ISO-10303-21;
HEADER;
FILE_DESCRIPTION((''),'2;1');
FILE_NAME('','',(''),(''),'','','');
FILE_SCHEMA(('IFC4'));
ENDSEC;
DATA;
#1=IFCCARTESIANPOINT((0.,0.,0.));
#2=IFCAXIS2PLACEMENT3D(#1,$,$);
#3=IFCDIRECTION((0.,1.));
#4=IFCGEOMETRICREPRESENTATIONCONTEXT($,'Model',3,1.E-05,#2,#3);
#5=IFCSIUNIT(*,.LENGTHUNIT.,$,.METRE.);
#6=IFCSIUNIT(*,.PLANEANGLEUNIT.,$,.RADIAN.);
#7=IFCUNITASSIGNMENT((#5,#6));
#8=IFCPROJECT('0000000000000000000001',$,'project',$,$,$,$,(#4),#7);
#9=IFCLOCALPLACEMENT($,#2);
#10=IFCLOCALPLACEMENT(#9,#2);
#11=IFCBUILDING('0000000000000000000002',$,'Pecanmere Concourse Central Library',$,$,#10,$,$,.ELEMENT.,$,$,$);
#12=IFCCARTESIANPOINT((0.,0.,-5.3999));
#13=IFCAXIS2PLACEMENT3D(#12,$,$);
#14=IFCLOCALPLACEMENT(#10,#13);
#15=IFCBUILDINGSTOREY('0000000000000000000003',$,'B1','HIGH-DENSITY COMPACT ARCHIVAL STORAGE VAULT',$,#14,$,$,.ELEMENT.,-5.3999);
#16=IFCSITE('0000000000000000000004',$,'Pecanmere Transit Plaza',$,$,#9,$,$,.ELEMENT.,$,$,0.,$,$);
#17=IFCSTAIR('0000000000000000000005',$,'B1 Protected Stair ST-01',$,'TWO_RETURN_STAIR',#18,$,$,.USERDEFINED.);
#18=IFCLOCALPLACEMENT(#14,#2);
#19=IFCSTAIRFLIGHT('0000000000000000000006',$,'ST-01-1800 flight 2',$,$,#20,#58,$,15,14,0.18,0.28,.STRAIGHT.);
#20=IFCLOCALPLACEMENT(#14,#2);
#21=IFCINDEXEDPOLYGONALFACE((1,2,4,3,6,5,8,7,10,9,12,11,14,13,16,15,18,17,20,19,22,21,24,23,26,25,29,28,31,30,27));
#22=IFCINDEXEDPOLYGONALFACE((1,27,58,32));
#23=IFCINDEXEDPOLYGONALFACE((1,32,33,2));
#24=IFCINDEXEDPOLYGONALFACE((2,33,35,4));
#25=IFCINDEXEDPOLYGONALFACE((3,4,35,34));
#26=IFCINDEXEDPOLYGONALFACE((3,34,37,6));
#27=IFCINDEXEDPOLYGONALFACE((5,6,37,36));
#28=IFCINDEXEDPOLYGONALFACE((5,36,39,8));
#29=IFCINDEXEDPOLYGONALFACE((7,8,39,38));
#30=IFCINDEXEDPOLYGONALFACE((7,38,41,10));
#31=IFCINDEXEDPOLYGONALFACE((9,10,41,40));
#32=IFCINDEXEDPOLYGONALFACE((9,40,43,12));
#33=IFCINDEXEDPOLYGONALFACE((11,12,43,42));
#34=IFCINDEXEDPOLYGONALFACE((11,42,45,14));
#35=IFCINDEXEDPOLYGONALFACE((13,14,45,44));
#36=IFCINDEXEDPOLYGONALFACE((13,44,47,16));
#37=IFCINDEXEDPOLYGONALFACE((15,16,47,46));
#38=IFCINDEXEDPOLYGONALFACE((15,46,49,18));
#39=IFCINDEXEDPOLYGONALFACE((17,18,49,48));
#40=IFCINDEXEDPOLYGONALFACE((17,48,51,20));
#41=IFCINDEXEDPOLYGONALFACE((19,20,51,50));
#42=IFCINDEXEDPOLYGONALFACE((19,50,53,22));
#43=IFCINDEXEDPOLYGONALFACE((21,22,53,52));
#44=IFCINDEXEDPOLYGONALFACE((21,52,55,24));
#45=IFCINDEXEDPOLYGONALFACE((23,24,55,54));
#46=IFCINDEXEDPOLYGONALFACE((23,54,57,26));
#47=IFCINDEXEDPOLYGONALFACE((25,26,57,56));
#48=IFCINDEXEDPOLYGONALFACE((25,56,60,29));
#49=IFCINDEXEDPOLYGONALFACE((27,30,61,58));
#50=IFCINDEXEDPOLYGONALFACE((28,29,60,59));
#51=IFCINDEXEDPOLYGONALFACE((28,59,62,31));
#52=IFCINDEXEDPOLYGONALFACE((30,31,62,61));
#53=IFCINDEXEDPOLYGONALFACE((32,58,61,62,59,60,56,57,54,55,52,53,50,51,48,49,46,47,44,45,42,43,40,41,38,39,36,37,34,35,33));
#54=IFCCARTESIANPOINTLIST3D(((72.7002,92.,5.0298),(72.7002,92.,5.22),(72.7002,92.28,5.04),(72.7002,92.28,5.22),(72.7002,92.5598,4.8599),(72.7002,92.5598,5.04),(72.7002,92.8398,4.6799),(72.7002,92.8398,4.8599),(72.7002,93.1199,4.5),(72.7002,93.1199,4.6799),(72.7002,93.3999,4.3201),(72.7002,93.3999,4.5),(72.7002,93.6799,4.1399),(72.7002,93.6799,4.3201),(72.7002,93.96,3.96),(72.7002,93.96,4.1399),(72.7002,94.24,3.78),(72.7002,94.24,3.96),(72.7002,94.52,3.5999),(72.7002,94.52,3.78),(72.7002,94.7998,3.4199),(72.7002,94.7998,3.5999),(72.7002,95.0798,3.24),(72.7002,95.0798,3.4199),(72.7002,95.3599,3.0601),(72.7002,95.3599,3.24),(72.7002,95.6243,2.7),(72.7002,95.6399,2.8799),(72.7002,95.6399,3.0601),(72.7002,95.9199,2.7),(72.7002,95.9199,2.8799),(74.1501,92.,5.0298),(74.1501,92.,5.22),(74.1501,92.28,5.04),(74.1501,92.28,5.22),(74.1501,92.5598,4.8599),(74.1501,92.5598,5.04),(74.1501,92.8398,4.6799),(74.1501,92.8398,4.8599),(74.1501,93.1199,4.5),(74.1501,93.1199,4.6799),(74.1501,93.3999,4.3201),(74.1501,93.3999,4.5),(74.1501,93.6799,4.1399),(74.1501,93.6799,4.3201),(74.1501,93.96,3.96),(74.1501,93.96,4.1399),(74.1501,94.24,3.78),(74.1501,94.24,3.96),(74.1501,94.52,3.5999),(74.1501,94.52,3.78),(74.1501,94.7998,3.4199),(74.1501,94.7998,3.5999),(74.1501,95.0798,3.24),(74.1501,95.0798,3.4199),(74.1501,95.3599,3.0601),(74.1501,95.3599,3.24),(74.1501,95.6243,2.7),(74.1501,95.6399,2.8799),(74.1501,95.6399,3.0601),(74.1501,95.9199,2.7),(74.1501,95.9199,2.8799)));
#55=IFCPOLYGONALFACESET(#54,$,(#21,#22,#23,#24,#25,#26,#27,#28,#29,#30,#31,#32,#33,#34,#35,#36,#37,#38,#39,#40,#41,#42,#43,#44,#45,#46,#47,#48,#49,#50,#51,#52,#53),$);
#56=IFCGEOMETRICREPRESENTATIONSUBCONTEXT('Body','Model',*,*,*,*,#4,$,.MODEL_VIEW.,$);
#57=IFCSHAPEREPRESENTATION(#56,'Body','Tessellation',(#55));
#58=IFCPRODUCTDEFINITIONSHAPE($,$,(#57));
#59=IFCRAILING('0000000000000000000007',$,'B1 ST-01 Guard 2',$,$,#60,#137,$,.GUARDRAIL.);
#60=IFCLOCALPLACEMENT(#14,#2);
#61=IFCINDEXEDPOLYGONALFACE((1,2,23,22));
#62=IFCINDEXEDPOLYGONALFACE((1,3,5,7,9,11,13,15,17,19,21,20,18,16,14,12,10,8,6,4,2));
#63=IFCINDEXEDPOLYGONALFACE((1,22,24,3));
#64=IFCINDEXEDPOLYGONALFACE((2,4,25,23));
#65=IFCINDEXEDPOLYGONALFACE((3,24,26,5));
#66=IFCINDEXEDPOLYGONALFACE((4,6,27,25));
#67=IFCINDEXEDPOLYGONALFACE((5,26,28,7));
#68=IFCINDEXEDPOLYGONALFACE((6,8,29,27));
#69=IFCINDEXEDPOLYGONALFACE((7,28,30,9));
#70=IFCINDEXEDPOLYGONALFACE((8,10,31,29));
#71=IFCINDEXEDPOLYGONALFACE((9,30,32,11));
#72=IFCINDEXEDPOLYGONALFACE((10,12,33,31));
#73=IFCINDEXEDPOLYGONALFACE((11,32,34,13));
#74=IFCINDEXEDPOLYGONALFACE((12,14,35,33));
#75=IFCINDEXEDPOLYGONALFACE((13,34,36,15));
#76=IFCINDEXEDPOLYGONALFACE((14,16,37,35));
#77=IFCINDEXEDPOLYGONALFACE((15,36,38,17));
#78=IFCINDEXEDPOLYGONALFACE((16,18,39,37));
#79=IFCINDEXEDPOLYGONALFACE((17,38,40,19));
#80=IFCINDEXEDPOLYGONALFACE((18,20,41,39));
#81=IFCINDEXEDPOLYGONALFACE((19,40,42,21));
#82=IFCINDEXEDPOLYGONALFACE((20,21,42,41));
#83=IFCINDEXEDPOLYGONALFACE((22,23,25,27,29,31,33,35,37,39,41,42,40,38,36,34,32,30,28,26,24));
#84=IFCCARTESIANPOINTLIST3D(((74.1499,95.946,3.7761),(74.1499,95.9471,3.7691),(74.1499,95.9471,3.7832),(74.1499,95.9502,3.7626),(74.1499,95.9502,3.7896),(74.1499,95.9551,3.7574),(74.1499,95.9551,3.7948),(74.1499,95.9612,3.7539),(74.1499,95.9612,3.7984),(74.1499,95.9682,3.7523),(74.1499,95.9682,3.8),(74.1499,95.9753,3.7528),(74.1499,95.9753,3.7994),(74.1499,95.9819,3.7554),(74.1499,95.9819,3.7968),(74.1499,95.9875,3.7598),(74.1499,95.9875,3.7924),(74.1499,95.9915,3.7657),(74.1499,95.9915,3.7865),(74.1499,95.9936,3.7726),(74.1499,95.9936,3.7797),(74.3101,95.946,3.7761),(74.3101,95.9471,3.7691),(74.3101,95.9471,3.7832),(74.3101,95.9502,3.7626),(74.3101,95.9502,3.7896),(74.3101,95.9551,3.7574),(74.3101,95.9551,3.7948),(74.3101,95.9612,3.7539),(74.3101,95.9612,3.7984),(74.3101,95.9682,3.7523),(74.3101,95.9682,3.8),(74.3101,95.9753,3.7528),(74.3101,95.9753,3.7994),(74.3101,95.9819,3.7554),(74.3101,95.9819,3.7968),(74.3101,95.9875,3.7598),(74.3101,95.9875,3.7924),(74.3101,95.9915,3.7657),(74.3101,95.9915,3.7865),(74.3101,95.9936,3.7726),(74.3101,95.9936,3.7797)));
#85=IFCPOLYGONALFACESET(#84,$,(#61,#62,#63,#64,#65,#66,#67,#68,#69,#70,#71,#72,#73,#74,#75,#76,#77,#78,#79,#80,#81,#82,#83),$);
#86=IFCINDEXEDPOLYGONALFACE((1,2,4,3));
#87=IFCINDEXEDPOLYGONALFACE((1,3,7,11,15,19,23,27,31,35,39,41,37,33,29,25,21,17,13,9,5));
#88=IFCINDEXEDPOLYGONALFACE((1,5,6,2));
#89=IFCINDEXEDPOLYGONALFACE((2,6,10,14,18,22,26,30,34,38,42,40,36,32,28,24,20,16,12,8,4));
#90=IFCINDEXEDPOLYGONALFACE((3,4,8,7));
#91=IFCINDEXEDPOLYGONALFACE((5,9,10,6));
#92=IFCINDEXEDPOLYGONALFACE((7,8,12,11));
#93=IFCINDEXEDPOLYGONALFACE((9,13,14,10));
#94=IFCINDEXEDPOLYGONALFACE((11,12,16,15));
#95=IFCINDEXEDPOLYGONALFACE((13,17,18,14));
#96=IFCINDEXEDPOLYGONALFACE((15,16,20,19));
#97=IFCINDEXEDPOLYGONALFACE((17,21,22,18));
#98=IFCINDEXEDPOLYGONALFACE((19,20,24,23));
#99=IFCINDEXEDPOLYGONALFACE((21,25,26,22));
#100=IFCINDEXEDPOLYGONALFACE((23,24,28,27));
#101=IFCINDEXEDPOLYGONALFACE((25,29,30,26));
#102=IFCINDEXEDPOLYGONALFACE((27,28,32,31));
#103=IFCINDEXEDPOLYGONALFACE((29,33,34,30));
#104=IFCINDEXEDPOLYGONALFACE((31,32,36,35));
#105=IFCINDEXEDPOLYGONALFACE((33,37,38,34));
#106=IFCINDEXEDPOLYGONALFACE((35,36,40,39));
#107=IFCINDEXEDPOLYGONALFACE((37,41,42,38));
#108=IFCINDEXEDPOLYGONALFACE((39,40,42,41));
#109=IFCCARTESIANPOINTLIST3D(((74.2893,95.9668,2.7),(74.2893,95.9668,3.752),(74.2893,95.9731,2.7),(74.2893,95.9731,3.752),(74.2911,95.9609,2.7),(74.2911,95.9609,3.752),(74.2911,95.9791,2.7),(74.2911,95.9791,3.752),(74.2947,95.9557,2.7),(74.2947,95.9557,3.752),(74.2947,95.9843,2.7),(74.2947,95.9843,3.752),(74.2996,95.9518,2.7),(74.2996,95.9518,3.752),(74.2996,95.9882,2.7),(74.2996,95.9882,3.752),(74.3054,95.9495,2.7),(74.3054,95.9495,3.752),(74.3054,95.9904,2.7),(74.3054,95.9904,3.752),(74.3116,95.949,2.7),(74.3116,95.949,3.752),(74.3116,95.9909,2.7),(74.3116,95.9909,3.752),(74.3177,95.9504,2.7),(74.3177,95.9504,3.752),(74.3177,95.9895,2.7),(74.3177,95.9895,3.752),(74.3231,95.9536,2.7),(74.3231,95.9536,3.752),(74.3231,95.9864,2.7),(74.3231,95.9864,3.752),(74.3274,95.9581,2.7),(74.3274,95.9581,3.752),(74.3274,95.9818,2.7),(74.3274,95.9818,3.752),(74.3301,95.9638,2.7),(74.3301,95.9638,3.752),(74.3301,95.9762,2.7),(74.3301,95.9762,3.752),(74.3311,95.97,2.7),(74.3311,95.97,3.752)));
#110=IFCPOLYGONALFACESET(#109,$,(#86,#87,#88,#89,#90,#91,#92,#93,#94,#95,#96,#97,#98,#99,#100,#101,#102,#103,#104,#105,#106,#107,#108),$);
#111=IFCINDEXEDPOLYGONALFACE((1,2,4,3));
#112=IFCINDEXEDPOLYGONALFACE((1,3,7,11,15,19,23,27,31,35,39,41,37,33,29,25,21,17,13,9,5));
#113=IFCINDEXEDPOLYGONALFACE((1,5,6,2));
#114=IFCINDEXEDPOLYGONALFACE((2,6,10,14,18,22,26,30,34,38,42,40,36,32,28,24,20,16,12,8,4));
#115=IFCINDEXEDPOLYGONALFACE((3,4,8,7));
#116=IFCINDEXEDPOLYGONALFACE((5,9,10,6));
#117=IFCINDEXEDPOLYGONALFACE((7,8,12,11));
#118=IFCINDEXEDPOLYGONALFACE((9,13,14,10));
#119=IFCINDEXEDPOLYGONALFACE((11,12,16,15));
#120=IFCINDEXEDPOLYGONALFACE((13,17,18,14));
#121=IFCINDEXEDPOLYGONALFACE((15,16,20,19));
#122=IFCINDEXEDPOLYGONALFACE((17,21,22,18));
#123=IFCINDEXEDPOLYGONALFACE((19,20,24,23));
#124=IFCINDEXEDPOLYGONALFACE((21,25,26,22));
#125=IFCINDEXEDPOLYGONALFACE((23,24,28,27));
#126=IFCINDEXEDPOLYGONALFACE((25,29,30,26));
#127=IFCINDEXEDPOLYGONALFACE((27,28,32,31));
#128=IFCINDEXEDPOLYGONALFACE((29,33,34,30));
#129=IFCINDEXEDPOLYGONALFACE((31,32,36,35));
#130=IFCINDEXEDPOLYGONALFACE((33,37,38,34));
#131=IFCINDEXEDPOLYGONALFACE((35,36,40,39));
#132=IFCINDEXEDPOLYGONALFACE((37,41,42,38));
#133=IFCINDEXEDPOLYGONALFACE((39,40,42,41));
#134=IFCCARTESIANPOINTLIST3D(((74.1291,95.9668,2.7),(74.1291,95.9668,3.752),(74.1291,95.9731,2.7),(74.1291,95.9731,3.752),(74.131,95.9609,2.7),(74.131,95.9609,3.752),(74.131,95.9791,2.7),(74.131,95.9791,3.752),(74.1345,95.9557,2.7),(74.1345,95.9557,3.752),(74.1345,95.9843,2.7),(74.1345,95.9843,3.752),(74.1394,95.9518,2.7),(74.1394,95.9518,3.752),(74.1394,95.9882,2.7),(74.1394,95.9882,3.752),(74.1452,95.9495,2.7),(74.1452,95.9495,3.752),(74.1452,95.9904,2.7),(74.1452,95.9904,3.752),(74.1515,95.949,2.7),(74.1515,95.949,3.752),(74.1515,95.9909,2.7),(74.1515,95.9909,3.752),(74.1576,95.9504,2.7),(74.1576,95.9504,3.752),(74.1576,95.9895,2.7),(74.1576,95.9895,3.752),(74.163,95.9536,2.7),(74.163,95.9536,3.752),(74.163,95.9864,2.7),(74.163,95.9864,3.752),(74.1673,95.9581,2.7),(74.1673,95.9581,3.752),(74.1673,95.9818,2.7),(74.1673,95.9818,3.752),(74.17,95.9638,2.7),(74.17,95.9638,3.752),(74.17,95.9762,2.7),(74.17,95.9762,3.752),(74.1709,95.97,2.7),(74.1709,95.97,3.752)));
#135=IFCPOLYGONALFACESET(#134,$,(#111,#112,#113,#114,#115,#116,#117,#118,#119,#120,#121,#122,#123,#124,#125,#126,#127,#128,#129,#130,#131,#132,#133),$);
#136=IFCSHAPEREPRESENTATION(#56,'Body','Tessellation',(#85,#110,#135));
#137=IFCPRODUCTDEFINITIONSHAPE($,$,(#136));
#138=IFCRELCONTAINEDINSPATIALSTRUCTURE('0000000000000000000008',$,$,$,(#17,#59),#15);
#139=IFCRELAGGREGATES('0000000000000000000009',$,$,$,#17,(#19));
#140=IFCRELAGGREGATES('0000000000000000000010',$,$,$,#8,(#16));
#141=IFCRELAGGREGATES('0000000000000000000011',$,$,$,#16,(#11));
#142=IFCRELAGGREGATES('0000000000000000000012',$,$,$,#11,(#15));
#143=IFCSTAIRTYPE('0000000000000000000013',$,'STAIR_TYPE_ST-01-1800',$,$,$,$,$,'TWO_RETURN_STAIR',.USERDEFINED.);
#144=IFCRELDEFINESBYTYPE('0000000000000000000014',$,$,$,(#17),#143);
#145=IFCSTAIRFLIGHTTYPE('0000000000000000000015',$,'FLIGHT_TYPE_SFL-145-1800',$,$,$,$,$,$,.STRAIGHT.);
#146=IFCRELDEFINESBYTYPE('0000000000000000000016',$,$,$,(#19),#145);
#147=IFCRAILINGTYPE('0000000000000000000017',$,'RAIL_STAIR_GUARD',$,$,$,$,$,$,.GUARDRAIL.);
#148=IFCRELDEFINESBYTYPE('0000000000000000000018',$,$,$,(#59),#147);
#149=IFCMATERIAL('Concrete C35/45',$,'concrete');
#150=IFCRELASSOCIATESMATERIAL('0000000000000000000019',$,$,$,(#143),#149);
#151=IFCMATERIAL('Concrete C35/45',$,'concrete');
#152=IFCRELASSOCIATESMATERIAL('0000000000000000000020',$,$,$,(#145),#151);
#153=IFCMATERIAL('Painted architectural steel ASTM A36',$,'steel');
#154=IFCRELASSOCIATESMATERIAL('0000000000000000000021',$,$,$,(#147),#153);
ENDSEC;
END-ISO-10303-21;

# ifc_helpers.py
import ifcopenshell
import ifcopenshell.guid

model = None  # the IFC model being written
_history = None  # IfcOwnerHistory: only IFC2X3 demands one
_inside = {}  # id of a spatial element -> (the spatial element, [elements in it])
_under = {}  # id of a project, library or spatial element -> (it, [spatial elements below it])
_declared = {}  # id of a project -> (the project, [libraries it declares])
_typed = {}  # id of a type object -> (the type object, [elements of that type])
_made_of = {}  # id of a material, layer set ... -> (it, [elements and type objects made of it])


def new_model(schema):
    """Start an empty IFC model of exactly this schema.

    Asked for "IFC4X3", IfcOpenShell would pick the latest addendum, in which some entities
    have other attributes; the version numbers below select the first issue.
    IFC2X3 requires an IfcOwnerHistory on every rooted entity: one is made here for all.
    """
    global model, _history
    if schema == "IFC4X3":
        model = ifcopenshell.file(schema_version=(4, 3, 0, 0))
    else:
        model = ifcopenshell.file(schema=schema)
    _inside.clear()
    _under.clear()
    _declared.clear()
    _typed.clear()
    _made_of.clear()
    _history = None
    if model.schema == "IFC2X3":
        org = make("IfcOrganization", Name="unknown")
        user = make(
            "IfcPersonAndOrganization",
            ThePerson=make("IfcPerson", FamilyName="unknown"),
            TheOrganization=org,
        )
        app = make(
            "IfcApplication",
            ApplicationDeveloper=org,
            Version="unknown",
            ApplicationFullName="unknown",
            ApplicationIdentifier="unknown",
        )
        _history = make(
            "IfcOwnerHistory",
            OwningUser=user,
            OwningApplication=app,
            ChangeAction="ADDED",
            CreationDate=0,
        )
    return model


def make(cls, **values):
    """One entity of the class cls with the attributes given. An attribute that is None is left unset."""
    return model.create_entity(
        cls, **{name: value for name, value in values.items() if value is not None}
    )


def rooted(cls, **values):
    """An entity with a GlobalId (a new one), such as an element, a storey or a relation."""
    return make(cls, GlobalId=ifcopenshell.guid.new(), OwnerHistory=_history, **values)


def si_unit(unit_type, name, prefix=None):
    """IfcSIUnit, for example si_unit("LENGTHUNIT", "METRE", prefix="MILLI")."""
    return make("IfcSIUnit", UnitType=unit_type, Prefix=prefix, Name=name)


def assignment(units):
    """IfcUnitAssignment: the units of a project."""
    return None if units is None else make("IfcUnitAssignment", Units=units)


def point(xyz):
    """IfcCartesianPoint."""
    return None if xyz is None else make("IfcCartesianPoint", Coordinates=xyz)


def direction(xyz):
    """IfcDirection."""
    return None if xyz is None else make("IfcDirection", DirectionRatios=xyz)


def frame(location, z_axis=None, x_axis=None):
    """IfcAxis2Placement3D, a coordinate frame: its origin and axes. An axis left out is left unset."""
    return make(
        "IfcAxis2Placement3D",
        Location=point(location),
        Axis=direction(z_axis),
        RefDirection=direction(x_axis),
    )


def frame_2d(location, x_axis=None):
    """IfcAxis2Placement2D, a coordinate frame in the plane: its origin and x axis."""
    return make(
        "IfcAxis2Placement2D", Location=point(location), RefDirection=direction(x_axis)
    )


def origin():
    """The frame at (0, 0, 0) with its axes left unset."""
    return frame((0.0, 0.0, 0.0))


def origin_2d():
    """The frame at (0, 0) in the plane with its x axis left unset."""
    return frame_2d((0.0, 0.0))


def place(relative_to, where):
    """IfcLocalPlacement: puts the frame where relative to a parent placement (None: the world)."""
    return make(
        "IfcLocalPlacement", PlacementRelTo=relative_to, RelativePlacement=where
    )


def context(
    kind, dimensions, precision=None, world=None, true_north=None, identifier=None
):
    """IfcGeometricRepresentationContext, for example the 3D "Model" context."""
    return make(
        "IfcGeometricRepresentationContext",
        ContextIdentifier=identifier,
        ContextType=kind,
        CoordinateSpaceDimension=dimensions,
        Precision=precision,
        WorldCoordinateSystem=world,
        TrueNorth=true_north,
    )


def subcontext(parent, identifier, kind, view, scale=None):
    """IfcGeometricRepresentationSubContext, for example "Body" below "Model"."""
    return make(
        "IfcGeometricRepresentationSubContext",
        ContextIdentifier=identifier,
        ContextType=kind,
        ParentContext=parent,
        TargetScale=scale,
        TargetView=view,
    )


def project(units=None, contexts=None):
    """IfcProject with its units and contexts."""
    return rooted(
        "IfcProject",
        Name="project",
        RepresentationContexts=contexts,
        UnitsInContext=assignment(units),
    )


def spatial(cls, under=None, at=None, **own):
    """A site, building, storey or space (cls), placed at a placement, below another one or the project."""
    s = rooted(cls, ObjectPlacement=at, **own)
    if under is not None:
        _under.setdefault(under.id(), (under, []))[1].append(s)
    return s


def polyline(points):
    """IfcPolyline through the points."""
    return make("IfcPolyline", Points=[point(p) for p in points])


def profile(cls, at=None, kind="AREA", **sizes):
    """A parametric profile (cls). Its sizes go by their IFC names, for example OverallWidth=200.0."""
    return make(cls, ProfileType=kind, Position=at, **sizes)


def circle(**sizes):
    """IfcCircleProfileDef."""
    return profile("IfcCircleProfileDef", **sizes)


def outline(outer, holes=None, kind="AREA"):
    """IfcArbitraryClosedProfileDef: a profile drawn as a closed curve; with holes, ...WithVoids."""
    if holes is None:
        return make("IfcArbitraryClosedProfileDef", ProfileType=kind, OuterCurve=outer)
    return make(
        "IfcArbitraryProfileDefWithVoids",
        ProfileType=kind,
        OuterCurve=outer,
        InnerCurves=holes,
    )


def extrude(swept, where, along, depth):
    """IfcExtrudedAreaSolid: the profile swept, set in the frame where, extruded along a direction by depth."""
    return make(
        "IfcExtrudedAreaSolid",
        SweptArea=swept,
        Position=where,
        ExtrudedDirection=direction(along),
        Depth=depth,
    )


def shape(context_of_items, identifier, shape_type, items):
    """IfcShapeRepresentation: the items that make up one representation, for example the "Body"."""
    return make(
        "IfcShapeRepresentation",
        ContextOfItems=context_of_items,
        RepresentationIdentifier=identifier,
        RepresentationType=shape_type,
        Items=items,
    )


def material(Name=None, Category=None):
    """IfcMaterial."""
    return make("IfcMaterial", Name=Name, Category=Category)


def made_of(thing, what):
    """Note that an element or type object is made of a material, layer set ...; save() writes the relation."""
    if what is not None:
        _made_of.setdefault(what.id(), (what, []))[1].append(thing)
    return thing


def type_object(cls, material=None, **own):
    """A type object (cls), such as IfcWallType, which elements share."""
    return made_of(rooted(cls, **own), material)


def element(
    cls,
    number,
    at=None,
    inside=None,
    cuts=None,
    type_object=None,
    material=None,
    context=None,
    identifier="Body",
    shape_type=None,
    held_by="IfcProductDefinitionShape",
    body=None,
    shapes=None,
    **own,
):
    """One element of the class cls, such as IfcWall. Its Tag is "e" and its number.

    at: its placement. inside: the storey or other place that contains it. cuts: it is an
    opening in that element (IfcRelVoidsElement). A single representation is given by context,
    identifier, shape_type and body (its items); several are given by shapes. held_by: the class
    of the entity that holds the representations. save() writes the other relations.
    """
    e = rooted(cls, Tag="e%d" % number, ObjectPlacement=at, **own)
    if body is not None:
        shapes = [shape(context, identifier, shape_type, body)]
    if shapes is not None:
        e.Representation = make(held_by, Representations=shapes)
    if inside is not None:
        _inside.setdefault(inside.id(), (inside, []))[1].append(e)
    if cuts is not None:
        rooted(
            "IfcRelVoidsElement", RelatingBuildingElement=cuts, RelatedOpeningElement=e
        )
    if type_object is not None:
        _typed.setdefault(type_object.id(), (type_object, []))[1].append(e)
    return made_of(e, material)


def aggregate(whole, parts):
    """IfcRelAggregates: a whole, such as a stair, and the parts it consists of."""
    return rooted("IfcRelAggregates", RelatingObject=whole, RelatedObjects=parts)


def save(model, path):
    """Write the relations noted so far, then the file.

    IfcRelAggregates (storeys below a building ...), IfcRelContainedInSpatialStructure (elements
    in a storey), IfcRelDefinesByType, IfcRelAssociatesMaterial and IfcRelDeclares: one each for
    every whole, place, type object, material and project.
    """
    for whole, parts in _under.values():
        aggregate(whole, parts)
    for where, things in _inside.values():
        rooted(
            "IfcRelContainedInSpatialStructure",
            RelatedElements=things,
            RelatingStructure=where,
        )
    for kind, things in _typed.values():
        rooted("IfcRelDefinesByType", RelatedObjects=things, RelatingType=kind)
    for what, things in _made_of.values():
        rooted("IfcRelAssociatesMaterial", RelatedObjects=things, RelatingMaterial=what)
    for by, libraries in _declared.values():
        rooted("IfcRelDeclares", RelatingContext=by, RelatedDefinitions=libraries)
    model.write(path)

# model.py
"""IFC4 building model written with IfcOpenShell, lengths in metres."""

from ifc_helpers import new_model, si_unit, direction, frame, origin, origin_2d, place, context, subcontext, project, spatial, polyline, circle, outline, extrude, material, type_object, element, aggregate, save


model = new_model("IFC4")

# Units and contexts
model_context = context("Model", 3, precision=1e-05, world=origin(), true_north=direction((0.0, 1.0)))
body_context = subcontext(model_context, "Body", "Model", "MODEL_VIEW")
ifc_project = project(units=[si_unit("LENGTHUNIT", "METRE"), si_unit("PLANEANGLEUNIT", "RADIAN")], contexts=[model_context])

# Site, building, storey
site_placement = place(None, origin())
site = spatial("IfcSite", under=ifc_project, at=site_placement, Name="Pecanmere Transit Plaza", CompositionType="ELEMENT", RefElevation=0.0)
building_placement = place(site_placement, origin())
building = spatial("IfcBuilding", under=site, at=building_placement, Name="Pecanmere Concourse Central Library", CompositionType="ELEMENT")
storey_placement = place(building_placement, frame((0.0, 0.0, -5.3999)))
storey = spatial("IfcBuildingStorey", under=building, at=storey_placement, Name="B1", Description="HIGH-DENSITY COMPACT ARCHIVAL STORAGE VAULT", CompositionType="ELEMENT", Elevation=-5.3999)

# Stair, stair flight
ifc_material_1 = material(Name="Concrete C35/45", Category="concrete")
stair_type = type_object("IfcStairType", Name="STAIR_TYPE_ST-01-1800", ElementType="TWO_RETURN_STAIR", PredefinedType="USERDEFINED", material=ifc_material_1)
stair_placement = place(storey_placement, origin())
stair = element("IfcStair", 1, at=stair_placement, inside=storey, type_object=stair_type, Name="B1 Protected Stair ST-01", ObjectType="TWO_RETURN_STAIR", PredefinedType="USERDEFINED")
ifc_material_2 = material(Name="Concrete C35/45", Category="concrete")
stair_flight_type = type_object("IfcStairFlightType", Name="FLIGHT_TYPE_SFL-145-1800", PredefinedType="STRAIGHT", material=ifc_material_2)
stair_flight_placement = place(storey_placement, frame((73.425, 95.9199, 2.7), z_axis=(0.0, 0.0, 1.0), x_axis=(0.0, -1.0, 0.0)))
stair_flight = element("IfcStairFlight", 2, at=stair_flight_placement, type_object=stair_flight_type, Name="ST-01-1800 flight 2", NumberOfRisers=15, NumberOfTreads=14, PredefinedType="STRAIGHT", RiserHeight=0.18, TreadLength=0.28, context=body_context, shape_type="SweptSolid", body=[
    extrude(outline(polyline([(0.0, 0.0), (0.0, 0.1799), (0.28, 0.1799), (0.28, 0.3601), (0.5601, 0.3601), (0.5601, 0.54), (0.8401, 0.54), (0.8401, 0.72), (1.1201, 0.72), (1.1201, 0.8999), (1.3999, 0.8999), (1.3999, 1.0801), (1.6799, 1.0801), (1.6799, 1.26), (1.96, 1.26), (1.96, 1.4399), (2.24, 1.4399), (2.24, 1.6201), (2.52, 1.6201), (2.52, 1.8), (2.8, 1.8), (2.8, 1.98), (3.0801, 1.98), (3.0801, 2.1599), (3.3601, 2.1599), (3.3601, 2.3401), (3.6399, 2.3401), (3.6399, 2.52), (3.9199, 2.52), (3.9199, 2.7), (3.9199, 2.3298), (0.2957, 0.0), (0.0, 0.0)])), frame((0.0, 0.7251, 0.0), z_axis=(0.0, -1.0, 0.0), x_axis=(1.0, 0.0, 0.0)), (0.0, 0.0, 1.0), 1.45),
])
aggregate(stair, [stair_flight])

# Railing
ifc_material_3 = material(Name="Painted architectural steel ASTM A36", Category="steel")
railing_type_1 = type_object("IfcRailingType", Name="RAIL_STAIR_GUARD", PredefinedType="GUARDRAIL", material=ifc_material_3)
railing_1_placement = place(storey_placement, frame((74.3101, 95.97, 2.7)))
element("IfcRailing", 3, at=railing_1_placement, inside=storey, type_object=railing_type_1, Name="B1 ST-01 Guard 2", PredefinedType="GUARDRAIL", context=body_context, shape_type="SweptSolid", body=[
    extrude(circle(Radius=0.0239, at=origin_2d()), frame((0.0, 0.0, 1.0762), z_axis=(-1.0, 0.0, 0.0), x_axis=(0.0, -1.0, 0.0)), (0.0, 0.0, 1.0), 0.1602),
    extrude(circle(Radius=0.021, at=origin_2d()), origin(), (0.0, 0.0, 1.0), 1.052),
    extrude(circle(Radius=0.021, at=origin_2d()), frame((-0.1602, 0.0, 0.0)), (0.0, 0.0, 1.0), 1.052),
])

save(model, "model.ifc")
